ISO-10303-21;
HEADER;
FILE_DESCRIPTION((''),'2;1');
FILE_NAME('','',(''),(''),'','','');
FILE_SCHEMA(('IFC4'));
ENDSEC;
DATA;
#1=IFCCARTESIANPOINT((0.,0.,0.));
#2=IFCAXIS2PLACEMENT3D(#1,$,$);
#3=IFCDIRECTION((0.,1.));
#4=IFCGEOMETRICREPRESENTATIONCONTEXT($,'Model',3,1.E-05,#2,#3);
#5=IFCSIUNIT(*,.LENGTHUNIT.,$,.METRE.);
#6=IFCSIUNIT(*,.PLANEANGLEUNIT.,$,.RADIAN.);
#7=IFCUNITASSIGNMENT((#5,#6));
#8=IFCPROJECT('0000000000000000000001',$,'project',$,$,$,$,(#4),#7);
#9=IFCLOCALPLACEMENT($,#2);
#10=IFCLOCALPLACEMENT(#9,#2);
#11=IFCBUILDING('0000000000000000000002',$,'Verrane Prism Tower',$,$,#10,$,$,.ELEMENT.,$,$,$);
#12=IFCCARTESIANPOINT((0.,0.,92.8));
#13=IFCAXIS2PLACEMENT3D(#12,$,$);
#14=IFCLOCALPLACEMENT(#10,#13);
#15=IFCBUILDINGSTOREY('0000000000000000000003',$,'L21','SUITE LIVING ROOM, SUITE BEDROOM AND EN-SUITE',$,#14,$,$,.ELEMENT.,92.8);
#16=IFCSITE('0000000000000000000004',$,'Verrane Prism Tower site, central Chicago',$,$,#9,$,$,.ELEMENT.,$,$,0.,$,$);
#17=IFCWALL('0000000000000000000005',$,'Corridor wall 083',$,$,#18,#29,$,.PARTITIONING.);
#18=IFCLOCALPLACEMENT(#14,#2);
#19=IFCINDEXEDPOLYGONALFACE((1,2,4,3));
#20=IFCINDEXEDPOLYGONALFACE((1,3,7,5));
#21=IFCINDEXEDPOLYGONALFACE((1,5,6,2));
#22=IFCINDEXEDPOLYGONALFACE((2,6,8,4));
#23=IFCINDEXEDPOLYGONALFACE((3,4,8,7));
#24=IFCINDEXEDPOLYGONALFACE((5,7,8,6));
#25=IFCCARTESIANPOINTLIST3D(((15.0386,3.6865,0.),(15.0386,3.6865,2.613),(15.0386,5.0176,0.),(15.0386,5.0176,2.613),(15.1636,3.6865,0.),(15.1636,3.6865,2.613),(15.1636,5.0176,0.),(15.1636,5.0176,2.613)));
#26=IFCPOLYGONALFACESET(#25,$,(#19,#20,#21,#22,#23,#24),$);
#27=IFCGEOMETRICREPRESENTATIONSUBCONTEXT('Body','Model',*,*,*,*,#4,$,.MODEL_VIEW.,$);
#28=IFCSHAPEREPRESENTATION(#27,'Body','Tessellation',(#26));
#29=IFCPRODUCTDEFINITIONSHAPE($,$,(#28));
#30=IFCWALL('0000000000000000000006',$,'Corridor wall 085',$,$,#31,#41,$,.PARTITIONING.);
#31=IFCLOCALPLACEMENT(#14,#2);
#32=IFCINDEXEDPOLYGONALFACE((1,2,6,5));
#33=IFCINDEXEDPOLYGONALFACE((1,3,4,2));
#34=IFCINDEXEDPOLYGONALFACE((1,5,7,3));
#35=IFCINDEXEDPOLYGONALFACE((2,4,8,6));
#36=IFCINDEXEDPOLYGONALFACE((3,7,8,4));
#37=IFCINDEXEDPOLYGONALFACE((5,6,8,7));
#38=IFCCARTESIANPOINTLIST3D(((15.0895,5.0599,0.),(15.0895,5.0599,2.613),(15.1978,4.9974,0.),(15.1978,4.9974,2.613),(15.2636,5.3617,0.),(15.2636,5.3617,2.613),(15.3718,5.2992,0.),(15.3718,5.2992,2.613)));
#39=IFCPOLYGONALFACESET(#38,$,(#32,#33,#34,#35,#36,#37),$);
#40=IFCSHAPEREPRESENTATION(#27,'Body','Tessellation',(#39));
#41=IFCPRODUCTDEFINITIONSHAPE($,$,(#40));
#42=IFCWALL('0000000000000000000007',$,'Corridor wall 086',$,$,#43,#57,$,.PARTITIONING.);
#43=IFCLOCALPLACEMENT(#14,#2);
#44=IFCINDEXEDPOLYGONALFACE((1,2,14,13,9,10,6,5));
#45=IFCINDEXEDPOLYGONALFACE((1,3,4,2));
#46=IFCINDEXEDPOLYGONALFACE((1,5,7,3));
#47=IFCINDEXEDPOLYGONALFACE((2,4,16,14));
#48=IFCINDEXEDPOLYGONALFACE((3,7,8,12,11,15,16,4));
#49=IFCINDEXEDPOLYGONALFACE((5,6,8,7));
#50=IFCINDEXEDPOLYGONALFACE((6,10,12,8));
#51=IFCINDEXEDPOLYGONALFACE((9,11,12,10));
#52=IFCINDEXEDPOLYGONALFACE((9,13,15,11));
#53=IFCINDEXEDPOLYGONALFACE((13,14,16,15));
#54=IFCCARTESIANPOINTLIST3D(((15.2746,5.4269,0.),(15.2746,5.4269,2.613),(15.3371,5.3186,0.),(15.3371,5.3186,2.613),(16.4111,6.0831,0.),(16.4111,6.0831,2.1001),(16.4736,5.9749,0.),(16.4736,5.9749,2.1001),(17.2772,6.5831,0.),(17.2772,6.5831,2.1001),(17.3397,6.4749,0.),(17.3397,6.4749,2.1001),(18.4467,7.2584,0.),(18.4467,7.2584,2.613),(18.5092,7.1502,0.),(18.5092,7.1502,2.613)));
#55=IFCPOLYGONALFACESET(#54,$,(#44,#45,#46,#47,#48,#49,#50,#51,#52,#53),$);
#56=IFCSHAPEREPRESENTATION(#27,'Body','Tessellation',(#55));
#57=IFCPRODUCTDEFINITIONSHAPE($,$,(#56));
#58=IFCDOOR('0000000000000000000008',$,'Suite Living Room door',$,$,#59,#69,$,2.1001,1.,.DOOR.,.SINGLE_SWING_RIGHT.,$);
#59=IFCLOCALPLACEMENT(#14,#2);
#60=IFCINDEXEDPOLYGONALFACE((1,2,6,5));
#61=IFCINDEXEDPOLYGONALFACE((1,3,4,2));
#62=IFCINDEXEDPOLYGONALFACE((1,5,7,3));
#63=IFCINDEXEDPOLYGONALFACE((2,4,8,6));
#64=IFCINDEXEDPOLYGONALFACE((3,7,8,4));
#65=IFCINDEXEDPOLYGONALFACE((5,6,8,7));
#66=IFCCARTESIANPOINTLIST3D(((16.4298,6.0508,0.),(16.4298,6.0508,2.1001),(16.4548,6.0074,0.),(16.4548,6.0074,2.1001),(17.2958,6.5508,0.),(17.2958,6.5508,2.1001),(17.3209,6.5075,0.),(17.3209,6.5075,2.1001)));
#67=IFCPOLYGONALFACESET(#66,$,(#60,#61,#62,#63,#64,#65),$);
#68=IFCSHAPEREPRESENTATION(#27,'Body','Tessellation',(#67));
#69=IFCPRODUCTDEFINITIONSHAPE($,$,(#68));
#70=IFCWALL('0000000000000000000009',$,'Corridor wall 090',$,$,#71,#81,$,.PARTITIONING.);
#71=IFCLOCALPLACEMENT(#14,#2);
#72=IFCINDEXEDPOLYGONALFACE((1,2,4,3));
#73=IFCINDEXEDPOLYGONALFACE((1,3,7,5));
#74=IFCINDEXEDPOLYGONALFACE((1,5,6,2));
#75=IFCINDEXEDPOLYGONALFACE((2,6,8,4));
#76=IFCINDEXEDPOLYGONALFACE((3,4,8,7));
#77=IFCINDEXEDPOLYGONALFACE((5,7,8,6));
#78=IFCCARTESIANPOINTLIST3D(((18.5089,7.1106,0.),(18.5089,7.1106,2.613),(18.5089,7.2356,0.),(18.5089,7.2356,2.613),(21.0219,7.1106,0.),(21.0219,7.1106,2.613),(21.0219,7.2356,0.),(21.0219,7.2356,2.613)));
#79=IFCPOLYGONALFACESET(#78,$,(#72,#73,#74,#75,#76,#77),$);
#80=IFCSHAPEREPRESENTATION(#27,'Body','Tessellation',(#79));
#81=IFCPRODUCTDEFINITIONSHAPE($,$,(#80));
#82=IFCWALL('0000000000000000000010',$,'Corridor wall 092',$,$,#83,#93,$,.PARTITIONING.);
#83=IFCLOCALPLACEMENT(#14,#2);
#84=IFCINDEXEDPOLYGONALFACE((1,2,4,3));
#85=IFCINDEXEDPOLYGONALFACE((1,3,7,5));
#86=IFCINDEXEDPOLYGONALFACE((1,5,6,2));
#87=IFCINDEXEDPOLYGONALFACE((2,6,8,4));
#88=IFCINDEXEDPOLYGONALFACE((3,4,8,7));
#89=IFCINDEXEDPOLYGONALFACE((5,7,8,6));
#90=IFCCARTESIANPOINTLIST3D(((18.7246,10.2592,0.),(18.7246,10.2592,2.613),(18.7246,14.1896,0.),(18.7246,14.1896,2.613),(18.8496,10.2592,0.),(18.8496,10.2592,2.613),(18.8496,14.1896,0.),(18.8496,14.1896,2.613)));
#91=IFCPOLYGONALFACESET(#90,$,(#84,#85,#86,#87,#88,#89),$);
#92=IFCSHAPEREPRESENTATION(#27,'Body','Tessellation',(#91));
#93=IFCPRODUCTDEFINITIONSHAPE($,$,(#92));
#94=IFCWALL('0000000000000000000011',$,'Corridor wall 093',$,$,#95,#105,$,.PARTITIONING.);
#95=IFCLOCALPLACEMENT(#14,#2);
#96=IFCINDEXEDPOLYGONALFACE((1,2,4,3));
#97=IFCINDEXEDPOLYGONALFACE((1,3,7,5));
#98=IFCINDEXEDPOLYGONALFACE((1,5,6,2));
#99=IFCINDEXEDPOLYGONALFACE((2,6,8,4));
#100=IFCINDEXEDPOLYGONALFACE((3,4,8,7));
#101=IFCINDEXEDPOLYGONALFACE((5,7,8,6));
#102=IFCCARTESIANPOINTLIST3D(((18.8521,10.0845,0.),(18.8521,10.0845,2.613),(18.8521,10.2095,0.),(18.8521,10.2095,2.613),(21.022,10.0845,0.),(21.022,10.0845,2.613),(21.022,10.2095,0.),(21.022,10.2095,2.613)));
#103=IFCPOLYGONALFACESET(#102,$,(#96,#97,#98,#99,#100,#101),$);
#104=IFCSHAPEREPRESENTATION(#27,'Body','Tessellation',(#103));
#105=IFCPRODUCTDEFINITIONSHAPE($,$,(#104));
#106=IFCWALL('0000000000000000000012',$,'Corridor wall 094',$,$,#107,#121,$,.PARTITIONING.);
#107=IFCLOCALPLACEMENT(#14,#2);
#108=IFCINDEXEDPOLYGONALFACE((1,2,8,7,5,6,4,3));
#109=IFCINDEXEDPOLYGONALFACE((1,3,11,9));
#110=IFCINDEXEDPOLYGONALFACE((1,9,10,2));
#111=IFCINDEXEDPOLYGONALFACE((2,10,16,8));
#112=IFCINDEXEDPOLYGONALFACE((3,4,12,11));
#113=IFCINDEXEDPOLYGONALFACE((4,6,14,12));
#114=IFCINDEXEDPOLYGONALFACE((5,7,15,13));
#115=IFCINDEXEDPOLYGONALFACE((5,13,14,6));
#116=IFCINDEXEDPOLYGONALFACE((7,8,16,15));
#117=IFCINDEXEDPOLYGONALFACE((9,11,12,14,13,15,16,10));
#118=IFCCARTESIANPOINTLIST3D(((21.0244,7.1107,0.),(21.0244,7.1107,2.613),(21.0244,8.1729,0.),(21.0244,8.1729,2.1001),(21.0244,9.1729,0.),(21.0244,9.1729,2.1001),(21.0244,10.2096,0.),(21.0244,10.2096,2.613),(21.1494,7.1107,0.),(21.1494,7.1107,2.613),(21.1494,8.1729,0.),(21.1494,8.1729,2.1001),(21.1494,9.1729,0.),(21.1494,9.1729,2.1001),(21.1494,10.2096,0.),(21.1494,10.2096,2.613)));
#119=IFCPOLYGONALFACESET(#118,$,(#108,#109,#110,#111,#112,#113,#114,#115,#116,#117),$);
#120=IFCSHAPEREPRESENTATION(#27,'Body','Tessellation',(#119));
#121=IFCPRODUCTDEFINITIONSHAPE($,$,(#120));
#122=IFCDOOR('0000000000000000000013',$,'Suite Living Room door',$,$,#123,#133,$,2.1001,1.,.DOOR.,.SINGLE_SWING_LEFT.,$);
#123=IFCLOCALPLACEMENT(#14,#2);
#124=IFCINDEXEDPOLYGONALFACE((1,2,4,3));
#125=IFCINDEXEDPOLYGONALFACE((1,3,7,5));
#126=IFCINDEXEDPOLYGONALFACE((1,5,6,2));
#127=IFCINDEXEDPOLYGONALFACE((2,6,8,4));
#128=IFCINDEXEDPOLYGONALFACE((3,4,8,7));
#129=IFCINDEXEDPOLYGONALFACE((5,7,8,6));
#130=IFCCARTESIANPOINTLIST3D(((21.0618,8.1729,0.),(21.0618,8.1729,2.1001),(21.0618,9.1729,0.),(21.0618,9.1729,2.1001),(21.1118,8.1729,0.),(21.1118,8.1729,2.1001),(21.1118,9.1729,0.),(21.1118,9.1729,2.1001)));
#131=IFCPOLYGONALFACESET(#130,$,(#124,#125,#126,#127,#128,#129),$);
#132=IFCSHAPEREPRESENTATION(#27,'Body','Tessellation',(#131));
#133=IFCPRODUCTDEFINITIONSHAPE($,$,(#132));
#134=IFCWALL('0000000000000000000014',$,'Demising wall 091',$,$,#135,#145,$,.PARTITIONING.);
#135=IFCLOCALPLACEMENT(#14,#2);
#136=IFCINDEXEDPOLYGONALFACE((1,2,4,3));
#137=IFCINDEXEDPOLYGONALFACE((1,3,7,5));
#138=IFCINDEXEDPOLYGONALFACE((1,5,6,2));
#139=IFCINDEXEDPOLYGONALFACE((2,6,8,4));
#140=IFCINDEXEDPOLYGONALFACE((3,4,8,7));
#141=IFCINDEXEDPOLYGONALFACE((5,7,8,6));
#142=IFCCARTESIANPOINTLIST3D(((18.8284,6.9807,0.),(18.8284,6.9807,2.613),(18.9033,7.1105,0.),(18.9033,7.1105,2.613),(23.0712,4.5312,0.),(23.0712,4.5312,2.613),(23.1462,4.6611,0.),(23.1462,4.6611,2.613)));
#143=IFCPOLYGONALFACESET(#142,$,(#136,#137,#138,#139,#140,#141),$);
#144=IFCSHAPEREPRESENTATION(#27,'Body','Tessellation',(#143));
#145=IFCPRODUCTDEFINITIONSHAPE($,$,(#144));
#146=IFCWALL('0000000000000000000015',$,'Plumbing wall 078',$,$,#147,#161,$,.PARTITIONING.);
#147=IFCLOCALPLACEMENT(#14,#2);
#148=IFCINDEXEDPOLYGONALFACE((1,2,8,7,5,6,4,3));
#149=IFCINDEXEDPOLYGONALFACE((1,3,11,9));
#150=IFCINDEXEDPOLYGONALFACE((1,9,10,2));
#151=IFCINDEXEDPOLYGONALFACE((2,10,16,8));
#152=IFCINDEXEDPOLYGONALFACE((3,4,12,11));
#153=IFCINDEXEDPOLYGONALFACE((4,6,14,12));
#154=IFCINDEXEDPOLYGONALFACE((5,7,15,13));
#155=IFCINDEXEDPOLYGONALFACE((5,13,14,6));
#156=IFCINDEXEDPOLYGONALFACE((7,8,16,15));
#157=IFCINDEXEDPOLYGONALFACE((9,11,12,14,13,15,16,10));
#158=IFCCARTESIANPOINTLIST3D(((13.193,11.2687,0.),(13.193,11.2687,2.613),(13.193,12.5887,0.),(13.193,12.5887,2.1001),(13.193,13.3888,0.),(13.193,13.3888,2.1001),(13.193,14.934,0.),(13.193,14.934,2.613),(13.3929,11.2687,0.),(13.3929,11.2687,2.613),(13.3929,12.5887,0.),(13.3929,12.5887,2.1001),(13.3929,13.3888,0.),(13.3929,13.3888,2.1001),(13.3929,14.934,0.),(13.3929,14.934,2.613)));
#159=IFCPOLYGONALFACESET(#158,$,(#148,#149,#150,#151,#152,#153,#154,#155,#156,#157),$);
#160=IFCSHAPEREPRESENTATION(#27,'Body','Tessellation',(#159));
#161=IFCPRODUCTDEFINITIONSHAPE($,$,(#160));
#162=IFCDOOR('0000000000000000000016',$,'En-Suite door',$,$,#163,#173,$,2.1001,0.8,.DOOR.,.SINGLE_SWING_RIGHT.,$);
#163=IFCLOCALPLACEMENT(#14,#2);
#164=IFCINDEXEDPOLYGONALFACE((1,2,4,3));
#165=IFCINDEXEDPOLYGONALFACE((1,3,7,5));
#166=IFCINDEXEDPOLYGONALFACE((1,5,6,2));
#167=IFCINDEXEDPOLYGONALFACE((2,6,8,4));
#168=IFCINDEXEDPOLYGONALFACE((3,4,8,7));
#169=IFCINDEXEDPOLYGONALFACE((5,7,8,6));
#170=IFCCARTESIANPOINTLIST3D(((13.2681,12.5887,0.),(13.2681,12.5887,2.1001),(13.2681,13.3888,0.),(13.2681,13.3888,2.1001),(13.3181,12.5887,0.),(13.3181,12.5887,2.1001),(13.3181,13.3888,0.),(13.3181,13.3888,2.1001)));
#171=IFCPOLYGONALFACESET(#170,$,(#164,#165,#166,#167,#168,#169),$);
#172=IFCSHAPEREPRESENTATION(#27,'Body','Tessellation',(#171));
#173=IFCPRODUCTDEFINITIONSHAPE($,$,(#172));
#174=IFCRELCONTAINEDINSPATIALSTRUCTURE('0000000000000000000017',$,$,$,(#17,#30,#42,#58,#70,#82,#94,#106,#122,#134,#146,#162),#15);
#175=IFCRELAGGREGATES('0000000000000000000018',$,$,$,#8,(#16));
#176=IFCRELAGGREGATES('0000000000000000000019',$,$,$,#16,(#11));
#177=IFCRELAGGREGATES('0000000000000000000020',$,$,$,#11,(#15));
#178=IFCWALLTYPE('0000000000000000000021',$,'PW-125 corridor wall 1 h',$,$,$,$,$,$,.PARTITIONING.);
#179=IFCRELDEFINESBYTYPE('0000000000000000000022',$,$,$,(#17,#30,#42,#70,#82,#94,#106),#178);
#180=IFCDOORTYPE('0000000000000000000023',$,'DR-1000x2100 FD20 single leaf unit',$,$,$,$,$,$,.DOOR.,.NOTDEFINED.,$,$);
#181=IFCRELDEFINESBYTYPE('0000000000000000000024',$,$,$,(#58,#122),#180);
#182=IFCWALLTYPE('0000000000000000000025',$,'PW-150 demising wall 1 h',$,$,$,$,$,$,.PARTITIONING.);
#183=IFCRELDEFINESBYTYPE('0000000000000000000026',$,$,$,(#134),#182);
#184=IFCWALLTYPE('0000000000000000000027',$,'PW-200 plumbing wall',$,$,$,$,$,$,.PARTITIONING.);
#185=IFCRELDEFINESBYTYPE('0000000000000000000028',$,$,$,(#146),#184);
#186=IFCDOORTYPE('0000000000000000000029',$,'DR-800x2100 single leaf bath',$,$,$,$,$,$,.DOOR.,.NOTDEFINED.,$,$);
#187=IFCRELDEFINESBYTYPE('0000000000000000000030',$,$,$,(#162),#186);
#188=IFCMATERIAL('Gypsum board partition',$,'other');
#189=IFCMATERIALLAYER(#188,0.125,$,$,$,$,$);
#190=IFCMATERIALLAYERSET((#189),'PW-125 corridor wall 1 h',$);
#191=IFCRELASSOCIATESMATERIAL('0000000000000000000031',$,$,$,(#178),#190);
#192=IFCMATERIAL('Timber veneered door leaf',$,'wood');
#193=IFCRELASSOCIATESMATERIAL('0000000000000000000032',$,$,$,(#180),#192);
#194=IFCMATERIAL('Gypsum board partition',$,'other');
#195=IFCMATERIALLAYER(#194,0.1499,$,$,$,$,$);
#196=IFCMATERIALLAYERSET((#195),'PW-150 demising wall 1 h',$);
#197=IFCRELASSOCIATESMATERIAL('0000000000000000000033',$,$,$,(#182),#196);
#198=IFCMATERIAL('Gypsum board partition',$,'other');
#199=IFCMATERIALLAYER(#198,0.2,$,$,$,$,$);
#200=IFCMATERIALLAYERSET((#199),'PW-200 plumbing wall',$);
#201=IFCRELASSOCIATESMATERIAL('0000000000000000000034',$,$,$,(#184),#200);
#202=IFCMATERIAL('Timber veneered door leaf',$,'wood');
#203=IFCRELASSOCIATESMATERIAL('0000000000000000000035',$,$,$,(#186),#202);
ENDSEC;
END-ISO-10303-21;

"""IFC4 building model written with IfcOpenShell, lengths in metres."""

from ifc_helpers import new_model, si_unit, direction, frame, frame_2d, origin, place, context, subcontext, project, spatial, rectangle, extrude, material, layer, layer_set, type_object, element, fill, save


model = new_model("IFC4")

# Units and contexts
model_context = context("Model", 3, precision=1e-05, world=origin(), true_north=direction((0.0, 1.0)))
body_context = subcontext(model_context, "Body", "Model", "MODEL_VIEW")
ifc_project = project(units=[si_unit("LENGTHUNIT", "METRE"), si_unit("PLANEANGLEUNIT", "RADIAN")], contexts=[model_context])

# Site, building, storey
site_placement = place(None, origin())
site = spatial("IfcSite", under=ifc_project, at=site_placement, Name="Verrane Prism Tower site, central Chicago", CompositionType="ELEMENT", RefElevation=0.0)
building_placement = place(site_placement, origin())
building = spatial("IfcBuilding", under=site, at=building_placement, Name="Verrane Prism Tower", CompositionType="ELEMENT")
storey_placement = place(building_placement, frame((0.0, 0.0, 92.8)))
storey = spatial("IfcBuildingStorey", under=building, at=storey_placement, Name="L21", Description="SUITE LIVING ROOM, SUITE BEDROOM AND EN-SUITE", CompositionType="ELEMENT", Elevation=92.8)

# Walls
ifc_material_1 = material(Name="Gypsum board partition", Category="other")
ifc_layer_1 = layer(ifc_material_1, 0.125)
ifc_layer_set_1 = layer_set([ifc_layer_1], Name="PW-125 corridor wall 1 h")
wall_type_1 = type_object("IfcWallType", Name="PW-125 corridor wall 1 h", PredefinedType="PARTITIONING", material=ifc_layer_set_1)
wall_1_placement = place(storey_placement, frame((15.1011, 3.6865, 0.0), z_axis=(0.0, 0.0, 1.0), x_axis=(0.0, 1.0, 0.0)))
element("IfcWall", 1, at=wall_1_placement, inside=storey, type_object=wall_type_1, Name="Corridor wall 083", PredefinedType="PARTITIONING", context=body_context, shape_type="SweptSolid", body=[
    extrude(rectangle(XDim=1.3311, YDim=0.125, at=frame_2d((0.6655, 0.0))), origin(), (0.0, 0.0, 1.0), 2.613),
])
wall_2_placement = place(storey_placement, frame((15.1436, 5.0286, 0.0), z_axis=(0.0, 0.0, 1.0), x_axis=(0.499682, 0.866209, 0.0)))
element("IfcWall", 2, at=wall_2_placement, inside=storey, type_object=wall_type_1, Name="Corridor wall 085", PredefinedType="PARTITIONING", context=body_context, shape_type="SweptSolid", body=[
    extrude(rectangle(XDim=0.3484, YDim=0.125, at=frame_2d((0.1743, 0.0))), origin(), (0.0, 0.0, 1.0), 2.613),
])

# Wall, opening, door
wall_3_placement = place(storey_placement, frame((18.478, 7.2043, 0.0), z_axis=(0.0, 0.0, 1.0), x_axis=(-0.866011, -0.500024, 0.0)))
wall_3 = element("IfcWall", 3, at=wall_3_placement, inside=storey, type_object=wall_type_1, Name="Corridor wall 086", PredefinedType="PARTITIONING", context=body_context, shape_type="SweptSolid", body=[
    extrude(rectangle(XDim=3.6628, YDim=0.125, at=frame_2d((1.8315, 0.0))), origin(), (0.0, 0.0, 1.0), 2.613),
])
opening_1_placement = place(wall_3_placement, frame((1.3506, 0.0, 0.0)))
opening_1 = element("IfcOpeningElement", 4, at=opening_1_placement, cuts=wall_3, PredefinedType="OPENING", context=body_context, shape_type="SweptSolid", body=[
    extrude(rectangle(XDim=1.0, YDim=2.1001, at=frame_2d((0.5, 1.05))), frame((0.0, 0.0725, 0.0), z_axis=(0.0, -1.0, 0.0), x_axis=(1.0, 0.0, 0.0)), (0.0, 0.0, 1.0), 0.145),
])
ifc_material_2 = material(Name="Timber veneered door leaf", Category="wood")
door_type_1 = type_object("IfcDoorType", Name="DR-1000x2100 FD20 single leaf unit", OperationType="NOTDEFINED", PredefinedType="DOOR", material=ifc_material_2)
door_1_placement = place(opening_1_placement, origin())
door_1 = element("IfcDoor", 5, at=door_1_placement, inside=storey, type_object=door_type_1, Name="Suite Living Room door", OperationType="SINGLE_SWING_RIGHT", OverallHeight=2.1001, OverallWidth=1.0, PredefinedType="DOOR", context=body_context, shape_type="SweptSolid", body=[
    extrude(rectangle(XDim=1.0, YDim=2.1001, at=frame_2d((0.5, 1.05))), frame((0.0, 0.0249, 0.0), z_axis=(0.0, -1.0, 0.0), x_axis=(1.0, 0.0, 0.0)), (0.0, 0.0, 1.0), 0.05),
])
fill(opening_1, door_1)

# Walls
wall_4_placement = place(storey_placement, frame((18.509, 7.1731, 0.0), z_axis=(0.0, 0.0, 1.0), x_axis=(1.0, 0.0, 0.0)))
element("IfcWall", 6, at=wall_4_placement, inside=storey, type_object=wall_type_1, Name="Corridor wall 090", PredefinedType="PARTITIONING", context=body_context, shape_type="SweptSolid", body=[
    extrude(rectangle(XDim=2.5129, YDim=0.125, at=frame_2d((1.2563, 0.0))), origin(), (0.0, 0.0, 1.0), 2.613),
])
wall_5_placement = place(storey_placement, frame((18.7871, 10.259, 0.0), z_axis=(0.0, 0.0, 1.0), x_axis=(0.0, 1.0, 0.0)))
element("IfcWall", 7, at=wall_5_placement, inside=storey, type_object=wall_type_1, Name="Corridor wall 092", PredefinedType="PARTITIONING", context=body_context, shape_type="SweptSolid", body=[
    extrude(rectangle(XDim=3.9304, YDim=0.125, at=frame_2d((1.9653, 0.0))), origin(), (0.0, 0.0, 1.0), 2.613),
])
wall_6_placement = place(storey_placement, frame((18.8521, 10.147, 0.0), z_axis=(0.0, 0.0, 1.0), x_axis=(1.0, 0.0, 0.0)))
element("IfcWall", 8, at=wall_6_placement, inside=storey, type_object=wall_type_1, Name="Corridor wall 093", PredefinedType="PARTITIONING", context=body_context, shape_type="SweptSolid", body=[
    extrude(rectangle(XDim=2.1699, YDim=0.125, at=frame_2d((1.085, 0.0))), origin(), (0.0, 0.0, 1.0), 2.613),
])

# Wall, opening, door
wall_7_placement = place(storey_placement, frame((21.0869, 10.2095, 0.0), z_axis=(0.0, 0.0, 1.0), x_axis=(0.0, -1.0, 0.0)))
wall_7 = element("IfcWall", 9, at=wall_7_placement, inside=storey, type_object=wall_type_1, Name="Corridor wall 094", PredefinedType="PARTITIONING", context=body_context, shape_type="SweptSolid", body=[
    extrude(rectangle(XDim=3.0989, YDim=0.125, at=frame_2d((1.5493, 0.0))), origin(), (0.0, 0.0, 1.0), 2.613),
])
opening_2_placement = place(wall_7_placement, frame((1.0366, 0.0, 0.0)))
opening_2 = element("IfcOpeningElement", 10, at=opening_2_placement, cuts=wall_7, PredefinedType="OPENING", context=body_context, shape_type="SweptSolid", body=[
    extrude(rectangle(XDim=1.0, YDim=2.1001, at=frame_2d((0.5, 1.05))), frame((0.0, 0.0725, 0.0), z_axis=(0.0, -1.0, 0.0), x_axis=(1.0, 0.0, 0.0)), (0.0, 0.0, 1.0), 0.145),
])
door_2_placement = place(opening_2_placement, origin())
door_2 = element("IfcDoor", 11, at=door_2_placement, inside=storey, type_object=door_type_1, Name="Suite Living Room door", OperationType="SINGLE_SWING_LEFT", OverallHeight=2.1001, OverallWidth=1.0, PredefinedType="DOOR", context=body_context, shape_type="SweptSolid", body=[
    extrude(rectangle(XDim=1.0, YDim=2.1001, at=frame_2d((0.5, 1.05))), frame((0.0, 0.0249, 0.0), z_axis=(0.0, -1.0, 0.0), x_axis=(1.0, 0.0, 0.0)), (0.0, 0.0, 1.0), 0.05),
])
fill(opening_2, door_2)

# Wall
ifc_material_3 = material(Name="Gypsum board partition", Category="other")
ifc_layer_2 = layer(ifc_material_3, 0.1499)
ifc_layer_set_2 = layer_set([ifc_layer_2], Name="PW-150 demising wall 1 h")
wall_type_2 = type_object("IfcWallType", Name="PW-150 demising wall 1 h", PredefinedType="PARTITIONING", material=ifc_layer_set_2)
wall_8_placement = place(storey_placement, frame((18.8657, 7.0457, 0.0), z_axis=(0.0, 0.0, 1.0), x_axis=(0.866042, -0.499971, 0.0)))
element("IfcWall", 12, at=wall_8_placement, inside=storey, type_object=wall_type_2, Name="Demising wall 091", PredefinedType="PARTITIONING", context=body_context, shape_type="SweptSolid", body=[
    extrude(rectangle(XDim=4.8992, YDim=0.1499, at=frame_2d((2.4497, 0.0))), origin(), (0.0, 0.0, 1.0), 2.613),
])

# Wall, opening, door
ifc_material_4 = material(Name="Gypsum board partition", Category="other")
ifc_layer_3 = layer(ifc_material_4, 0.2)
ifc_layer_set_3 = layer_set([ifc_layer_3], Name="PW-200 plumbing wall")
wall_type_3 = type_object("IfcWallType", Name="PW-200 plumbing wall", PredefinedType="PARTITIONING", material=ifc_layer_set_3)
wall_9_placement = place(storey_placement, frame((13.293, 11.2688, 0.0), z_axis=(0.0, 0.0, 1.0), x_axis=(0.0, 1.0, 0.0)))
wall_9 = element("IfcWall", 13, at=wall_9_placement, inside=storey, type_object=wall_type_3, Name="Plumbing wall 078", PredefinedType="PARTITIONING", context=body_context, shape_type="SweptSolid", body=[
    extrude(rectangle(XDim=3.6653, YDim=0.2, at=frame_2d((1.8325, 0.0))), origin(), (0.0, 0.0, 1.0), 2.613),
])
opening_3_placement = place(wall_9_placement, frame((1.3201, 0.0, 0.0)))
opening_3 = element("IfcOpeningElement", 14, at=opening_3_placement, cuts=wall_9, PredefinedType="OPENING", context=body_context, shape_type="SweptSolid", body=[
    extrude(rectangle(XDim=0.8, YDim=2.1001, at=frame_2d((0.3999, 1.05))), frame((0.0, 0.1099, 0.0), z_axis=(0.0, -1.0, 0.0), x_axis=(1.0, 0.0, 0.0)), (0.0, 0.0, 1.0), 0.22),
])
ifc_material_5 = material(Name="Timber veneered door leaf", Category="wood")
door_type_2 = type_object("IfcDoorType", Name="DR-800x2100 single leaf bath", OperationType="NOTDEFINED", PredefinedType="DOOR", material=ifc_material_5)
door_3_placement = place(opening_3_placement, origin())
door_3 = element("IfcDoor", 15, at=door_3_placement, inside=storey, type_object=door_type_2, Name="En-Suite door", OperationType="SINGLE_SWING_RIGHT", OverallHeight=2.1001, OverallWidth=0.8, PredefinedType="DOOR", context=body_context, shape_type="SweptSolid", body=[
    extrude(rectangle(XDim=0.8, YDim=2.1001, at=frame_2d((0.3999, 1.05))), frame((0.0, 0.0249, 0.0), z_axis=(0.0, -1.0, 0.0), x_axis=(1.0, 0.0, 0.0)), (0.0, 0.0, 1.0), 0.05),
])
fill(opening_3, door_3)

save(model, "model.ifc")
